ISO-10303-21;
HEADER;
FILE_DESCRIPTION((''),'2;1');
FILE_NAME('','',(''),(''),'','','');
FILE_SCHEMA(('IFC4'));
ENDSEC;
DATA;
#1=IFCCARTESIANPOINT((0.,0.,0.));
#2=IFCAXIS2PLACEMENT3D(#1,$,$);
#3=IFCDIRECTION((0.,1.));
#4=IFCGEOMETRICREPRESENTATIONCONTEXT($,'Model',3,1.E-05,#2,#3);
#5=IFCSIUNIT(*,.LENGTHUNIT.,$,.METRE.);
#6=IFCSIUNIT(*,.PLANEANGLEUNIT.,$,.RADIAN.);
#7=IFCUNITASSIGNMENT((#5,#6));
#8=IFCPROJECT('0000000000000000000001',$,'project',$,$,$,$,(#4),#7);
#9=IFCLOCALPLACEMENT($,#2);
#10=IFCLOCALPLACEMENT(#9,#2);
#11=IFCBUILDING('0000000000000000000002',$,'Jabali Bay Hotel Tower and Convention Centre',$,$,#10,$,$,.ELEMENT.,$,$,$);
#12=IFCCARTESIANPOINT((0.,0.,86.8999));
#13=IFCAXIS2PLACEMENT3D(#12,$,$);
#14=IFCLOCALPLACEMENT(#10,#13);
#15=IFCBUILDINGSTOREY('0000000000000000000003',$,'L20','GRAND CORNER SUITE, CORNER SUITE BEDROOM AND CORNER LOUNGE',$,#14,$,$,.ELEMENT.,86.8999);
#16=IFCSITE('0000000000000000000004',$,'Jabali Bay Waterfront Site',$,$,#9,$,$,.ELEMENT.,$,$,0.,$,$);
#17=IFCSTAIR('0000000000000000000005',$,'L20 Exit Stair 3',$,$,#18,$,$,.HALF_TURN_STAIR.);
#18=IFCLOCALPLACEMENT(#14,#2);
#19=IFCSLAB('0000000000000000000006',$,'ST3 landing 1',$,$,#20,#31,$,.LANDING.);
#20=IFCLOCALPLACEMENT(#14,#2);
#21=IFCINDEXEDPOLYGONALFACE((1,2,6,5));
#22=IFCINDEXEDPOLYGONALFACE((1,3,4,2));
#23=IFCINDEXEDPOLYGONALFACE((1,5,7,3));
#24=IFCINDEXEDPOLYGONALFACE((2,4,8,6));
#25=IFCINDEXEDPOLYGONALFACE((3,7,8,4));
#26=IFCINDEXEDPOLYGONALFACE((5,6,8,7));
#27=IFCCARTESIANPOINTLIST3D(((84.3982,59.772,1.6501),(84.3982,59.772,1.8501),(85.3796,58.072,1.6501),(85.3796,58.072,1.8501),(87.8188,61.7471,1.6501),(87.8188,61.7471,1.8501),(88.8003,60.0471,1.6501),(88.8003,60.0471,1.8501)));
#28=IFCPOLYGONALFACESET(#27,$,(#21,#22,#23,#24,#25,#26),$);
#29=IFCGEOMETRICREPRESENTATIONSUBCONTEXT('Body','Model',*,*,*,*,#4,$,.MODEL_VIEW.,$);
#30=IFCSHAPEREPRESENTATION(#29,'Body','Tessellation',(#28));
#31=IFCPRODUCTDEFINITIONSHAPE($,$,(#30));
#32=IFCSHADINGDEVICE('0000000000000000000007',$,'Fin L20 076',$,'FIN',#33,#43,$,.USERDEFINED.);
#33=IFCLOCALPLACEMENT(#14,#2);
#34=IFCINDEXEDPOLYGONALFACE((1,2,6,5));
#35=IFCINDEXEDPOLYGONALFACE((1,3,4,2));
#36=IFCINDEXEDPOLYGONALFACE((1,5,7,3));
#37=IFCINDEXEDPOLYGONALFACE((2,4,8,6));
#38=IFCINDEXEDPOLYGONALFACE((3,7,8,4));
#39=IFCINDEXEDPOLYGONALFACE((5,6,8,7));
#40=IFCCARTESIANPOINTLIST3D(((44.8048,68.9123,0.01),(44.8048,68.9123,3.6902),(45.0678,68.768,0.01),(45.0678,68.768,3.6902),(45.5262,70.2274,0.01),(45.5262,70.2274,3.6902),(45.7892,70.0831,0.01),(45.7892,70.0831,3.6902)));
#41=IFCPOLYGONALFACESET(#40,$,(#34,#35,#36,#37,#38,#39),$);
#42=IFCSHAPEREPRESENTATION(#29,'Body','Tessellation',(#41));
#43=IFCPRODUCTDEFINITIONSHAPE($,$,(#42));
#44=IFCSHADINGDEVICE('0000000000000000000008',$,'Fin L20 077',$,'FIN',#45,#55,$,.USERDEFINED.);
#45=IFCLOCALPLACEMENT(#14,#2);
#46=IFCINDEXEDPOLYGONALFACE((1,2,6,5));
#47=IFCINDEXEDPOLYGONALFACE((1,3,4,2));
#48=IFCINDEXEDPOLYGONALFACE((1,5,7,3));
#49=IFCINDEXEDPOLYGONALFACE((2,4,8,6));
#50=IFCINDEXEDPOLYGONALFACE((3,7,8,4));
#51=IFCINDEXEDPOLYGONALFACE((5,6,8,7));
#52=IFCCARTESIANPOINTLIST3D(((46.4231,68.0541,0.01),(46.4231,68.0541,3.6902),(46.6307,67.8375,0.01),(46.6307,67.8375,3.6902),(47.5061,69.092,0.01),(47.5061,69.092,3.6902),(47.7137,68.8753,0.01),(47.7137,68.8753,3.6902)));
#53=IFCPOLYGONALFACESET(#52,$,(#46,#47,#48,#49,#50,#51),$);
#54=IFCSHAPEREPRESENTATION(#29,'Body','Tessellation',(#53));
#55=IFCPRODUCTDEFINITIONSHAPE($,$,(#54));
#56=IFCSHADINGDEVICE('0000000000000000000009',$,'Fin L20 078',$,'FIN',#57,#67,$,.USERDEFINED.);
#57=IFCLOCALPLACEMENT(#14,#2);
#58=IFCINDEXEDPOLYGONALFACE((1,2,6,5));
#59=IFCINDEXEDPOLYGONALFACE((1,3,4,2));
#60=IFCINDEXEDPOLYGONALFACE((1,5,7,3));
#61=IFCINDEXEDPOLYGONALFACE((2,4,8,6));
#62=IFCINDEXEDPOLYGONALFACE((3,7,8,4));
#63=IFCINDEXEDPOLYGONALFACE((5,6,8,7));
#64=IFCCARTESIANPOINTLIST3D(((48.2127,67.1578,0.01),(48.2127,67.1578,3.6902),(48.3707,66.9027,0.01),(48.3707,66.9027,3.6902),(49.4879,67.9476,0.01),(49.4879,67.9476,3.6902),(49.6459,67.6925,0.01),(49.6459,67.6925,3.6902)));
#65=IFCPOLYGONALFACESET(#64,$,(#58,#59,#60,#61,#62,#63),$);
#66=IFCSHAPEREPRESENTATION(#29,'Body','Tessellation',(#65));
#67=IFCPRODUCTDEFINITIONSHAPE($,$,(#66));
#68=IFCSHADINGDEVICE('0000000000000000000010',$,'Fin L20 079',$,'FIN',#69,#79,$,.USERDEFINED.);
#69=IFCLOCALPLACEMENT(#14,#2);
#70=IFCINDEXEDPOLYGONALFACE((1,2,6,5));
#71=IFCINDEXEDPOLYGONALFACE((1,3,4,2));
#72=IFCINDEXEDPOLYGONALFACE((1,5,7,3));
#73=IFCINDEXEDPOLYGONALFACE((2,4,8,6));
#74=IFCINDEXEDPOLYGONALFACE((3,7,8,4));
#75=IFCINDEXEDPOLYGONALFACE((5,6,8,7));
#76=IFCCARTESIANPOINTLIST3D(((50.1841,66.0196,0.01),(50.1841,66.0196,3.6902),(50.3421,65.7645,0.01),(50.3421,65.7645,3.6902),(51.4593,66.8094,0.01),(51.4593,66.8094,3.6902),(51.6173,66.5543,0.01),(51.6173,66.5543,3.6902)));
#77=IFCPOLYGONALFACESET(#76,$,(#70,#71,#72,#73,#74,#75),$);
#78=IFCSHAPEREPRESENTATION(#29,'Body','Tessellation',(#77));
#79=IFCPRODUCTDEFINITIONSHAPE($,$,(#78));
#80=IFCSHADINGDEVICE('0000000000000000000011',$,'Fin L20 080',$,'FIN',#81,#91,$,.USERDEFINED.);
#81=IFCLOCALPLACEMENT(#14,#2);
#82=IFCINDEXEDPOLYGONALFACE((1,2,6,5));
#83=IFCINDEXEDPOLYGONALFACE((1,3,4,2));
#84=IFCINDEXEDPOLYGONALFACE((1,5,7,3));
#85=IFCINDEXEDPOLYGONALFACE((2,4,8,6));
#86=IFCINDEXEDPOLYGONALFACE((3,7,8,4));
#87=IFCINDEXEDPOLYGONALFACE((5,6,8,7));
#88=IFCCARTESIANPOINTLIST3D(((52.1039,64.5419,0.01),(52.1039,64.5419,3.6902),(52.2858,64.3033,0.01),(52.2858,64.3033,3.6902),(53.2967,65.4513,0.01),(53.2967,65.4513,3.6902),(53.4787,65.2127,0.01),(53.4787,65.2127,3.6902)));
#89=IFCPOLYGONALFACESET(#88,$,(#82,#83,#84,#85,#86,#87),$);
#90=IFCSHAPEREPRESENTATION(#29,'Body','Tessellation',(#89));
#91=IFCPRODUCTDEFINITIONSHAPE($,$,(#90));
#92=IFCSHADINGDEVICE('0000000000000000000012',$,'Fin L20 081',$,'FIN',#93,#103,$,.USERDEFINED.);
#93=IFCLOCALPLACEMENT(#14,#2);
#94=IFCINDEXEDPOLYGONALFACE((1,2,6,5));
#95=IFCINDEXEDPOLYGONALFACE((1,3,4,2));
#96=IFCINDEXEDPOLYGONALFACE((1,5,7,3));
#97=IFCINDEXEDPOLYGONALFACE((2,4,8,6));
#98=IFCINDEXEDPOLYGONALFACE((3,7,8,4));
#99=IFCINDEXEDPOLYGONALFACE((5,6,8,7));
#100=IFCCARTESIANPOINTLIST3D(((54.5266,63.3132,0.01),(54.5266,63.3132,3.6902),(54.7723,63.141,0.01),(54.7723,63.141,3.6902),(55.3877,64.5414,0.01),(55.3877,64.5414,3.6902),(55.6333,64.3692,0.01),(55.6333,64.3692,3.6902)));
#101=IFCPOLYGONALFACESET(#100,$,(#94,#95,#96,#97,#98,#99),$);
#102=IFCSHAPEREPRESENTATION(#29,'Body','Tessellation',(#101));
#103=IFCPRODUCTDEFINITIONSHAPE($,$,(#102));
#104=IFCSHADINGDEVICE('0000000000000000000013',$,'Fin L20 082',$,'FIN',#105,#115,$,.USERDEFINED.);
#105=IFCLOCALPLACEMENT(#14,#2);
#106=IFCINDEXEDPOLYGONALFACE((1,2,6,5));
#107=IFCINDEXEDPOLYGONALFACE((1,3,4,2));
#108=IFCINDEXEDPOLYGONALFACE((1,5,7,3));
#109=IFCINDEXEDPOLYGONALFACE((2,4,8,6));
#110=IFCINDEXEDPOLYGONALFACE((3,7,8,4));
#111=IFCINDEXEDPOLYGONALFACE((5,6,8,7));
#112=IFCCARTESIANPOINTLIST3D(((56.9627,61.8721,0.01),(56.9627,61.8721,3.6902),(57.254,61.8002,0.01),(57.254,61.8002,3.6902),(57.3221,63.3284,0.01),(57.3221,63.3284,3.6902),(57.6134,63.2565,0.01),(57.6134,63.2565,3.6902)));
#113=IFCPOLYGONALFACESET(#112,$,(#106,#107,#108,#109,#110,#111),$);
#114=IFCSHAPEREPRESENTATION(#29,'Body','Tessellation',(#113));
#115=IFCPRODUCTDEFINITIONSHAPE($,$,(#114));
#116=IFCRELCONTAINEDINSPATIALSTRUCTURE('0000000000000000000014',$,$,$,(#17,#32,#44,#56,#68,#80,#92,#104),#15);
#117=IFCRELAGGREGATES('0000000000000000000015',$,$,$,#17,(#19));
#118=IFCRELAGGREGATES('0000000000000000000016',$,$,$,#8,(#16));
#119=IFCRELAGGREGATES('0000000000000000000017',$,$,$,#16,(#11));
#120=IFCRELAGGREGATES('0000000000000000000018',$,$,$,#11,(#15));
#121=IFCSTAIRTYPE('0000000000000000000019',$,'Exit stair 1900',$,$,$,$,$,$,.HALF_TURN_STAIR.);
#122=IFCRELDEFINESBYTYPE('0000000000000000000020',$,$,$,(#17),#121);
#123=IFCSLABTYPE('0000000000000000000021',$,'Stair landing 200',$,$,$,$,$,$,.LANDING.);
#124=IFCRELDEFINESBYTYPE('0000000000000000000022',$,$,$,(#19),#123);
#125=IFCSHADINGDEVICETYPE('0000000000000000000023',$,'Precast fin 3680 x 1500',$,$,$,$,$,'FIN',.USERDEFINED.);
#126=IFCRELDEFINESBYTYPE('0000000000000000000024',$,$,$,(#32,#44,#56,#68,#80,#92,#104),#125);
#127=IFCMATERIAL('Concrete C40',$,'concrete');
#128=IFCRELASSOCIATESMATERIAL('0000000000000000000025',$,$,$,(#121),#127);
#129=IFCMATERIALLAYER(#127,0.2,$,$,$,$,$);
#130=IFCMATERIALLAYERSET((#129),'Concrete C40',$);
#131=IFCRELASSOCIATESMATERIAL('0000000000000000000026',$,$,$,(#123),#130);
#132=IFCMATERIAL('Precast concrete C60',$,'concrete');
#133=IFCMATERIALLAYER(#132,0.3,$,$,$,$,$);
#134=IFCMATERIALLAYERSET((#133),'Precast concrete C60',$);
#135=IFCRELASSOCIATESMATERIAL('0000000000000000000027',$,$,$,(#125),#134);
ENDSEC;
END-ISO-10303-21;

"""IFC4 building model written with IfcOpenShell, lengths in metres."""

from ifc_helpers import new_model, si_unit, direction, frame, frame_2d, origin, place, context, subcontext, project, spatial, polyline, rectangle, outline, extrude, material, layer, layer_set, type_object, element, aggregate, save


model = new_model("IFC4")

# Units and contexts
model_context = context("Model", 3, precision=1e-05, world=origin(), true_north=direction((0.0, 1.0)))
body_context = subcontext(model_context, "Body", "Model", "MODEL_VIEW")
ifc_project = project(units=[si_unit("LENGTHUNIT", "METRE"), si_unit("PLANEANGLEUNIT", "RADIAN")], contexts=[model_context])

# Site, building, storey
site_placement = place(None, origin())
site = spatial("IfcSite", under=ifc_project, at=site_placement, Name="Jabali Bay Waterfront Site", CompositionType="ELEMENT", RefElevation=0.0)
building_placement = place(site_placement, origin())
building = spatial("IfcBuilding", under=site, at=building_placement, Name="Jabali Bay Hotel Tower and Convention Centre", CompositionType="ELEMENT")
storey_placement = place(building_placement, frame((0.0, 0.0, 86.8999)))
storey = spatial("IfcBuildingStorey", under=building, at=storey_placement, Name="L20", Description="GRAND CORNER SUITE, CORNER SUITE BEDROOM AND CORNER LOUNGE", CompositionType="ELEMENT", Elevation=86.8999)

# Shared definitions
ifc_material_1 = material(Name="Concrete C40", Category="concrete")

# Stair, slab
stair_type = type_object("IfcStairType", Name="Exit stair 1900", PredefinedType="HALF_TURN_STAIR", material=ifc_material_1)
ifc_layer_1 = layer(ifc_material_1, 0.2)
ifc_layer_set_1 = layer_set([ifc_layer_1], Name="Concrete C40")
slab_type_1 = type_object("IfcSlabType", Name="Stair landing 200", PredefinedType="LANDING", material=ifc_layer_set_1)
stair_1_placement = place(storey_placement, origin())
stair_1 = element("IfcStair", 1, at=stair_1_placement, inside=storey, type_object=stair_type, Name="L20 Exit Stair 3", PredefinedType="HALF_TURN_STAIR")
slab_1_placement = place(storey_placement, frame((0.0, 0.0, 1.6501)))
slab_1 = element("IfcSlab", 2, at=slab_1_placement, type_object=slab_type_1, Name="ST3 landing 1", PredefinedType="LANDING", context=body_context, shape_type="SweptSolid", body=[
    extrude(outline(polyline([(84.3982, 59.772), (85.3796, 58.072), (88.8003, 60.0471), (87.8188, 61.7471), (84.3982, 59.772)])), origin(), (0.0, 0.0, 1.0), 0.2),
])
aggregate(stair_1, [slab_1])

# Shading devices
ifc_material_2 = material(Name="Precast concrete C60", Category="concrete")
ifc_layer_2 = layer(ifc_material_2, 0.3)
ifc_layer_set_2 = layer_set([ifc_layer_2], Name="Precast concrete C60")
shading_device_type = type_object("IfcShadingDeviceType", Name="Precast fin 3680 x 1500", ElementType="FIN", PredefinedType="USERDEFINED", material=ifc_layer_set_2)
for number, where, z_axis, x_axis, name in (
    (3, (45.6577, 70.1553, 0.01), (0.0, 0.0, 1.0), (-0.480938, -0.876755, 0.0), "Fin L20 076"),
    (4, (47.6099, 68.9836, 0.01), (0.0, 0.0, 1.0), (-0.722002, -0.691891, 0.0), "Fin L20 077"),
    (5, (49.5669, 67.8201, 0.01), (0.0, 0.0, 1.0), (-0.85014, -0.526556, 0.0), "Fin L20 078"),
    (6, (51.5383, 66.6819, 0.01), (0.0, 0.0, 1.0), (-0.85014, -0.526556, 0.0), "Fin L20 079"),
    (7, (53.3877, 65.332, 0.01), (0.0, 0.0, 1.0), (-0.795249, -0.606283, 0.0), "Fin L20 080"),
    (8, (55.5105, 64.4553, 0.01), (0.0, 0.0, 1.0), (-0.574041, -0.818826, 0.0), "Fin L20 081"),
    (9, (57.4678, 63.2925, 0.01), (0.0, 0.0, 1.0), (-0.239586, -0.970875, 0.0), "Fin L20 082"),
):
    element("IfcShadingDevice", number, at=place(storey_placement, frame(where, z_axis=z_axis, x_axis=x_axis)), inside=storey, type_object=shading_device_type, Name=name, ObjectType="FIN", PredefinedType="USERDEFINED", context=body_context, shape_type="SweptSolid", body=[
        extrude(rectangle(XDim=1.5, YDim=0.3, at=frame_2d((0.75, 0.0))), origin(), (0.0, 0.0, 1.0), 3.6802),
    ])

save(model, "model.ifc")
